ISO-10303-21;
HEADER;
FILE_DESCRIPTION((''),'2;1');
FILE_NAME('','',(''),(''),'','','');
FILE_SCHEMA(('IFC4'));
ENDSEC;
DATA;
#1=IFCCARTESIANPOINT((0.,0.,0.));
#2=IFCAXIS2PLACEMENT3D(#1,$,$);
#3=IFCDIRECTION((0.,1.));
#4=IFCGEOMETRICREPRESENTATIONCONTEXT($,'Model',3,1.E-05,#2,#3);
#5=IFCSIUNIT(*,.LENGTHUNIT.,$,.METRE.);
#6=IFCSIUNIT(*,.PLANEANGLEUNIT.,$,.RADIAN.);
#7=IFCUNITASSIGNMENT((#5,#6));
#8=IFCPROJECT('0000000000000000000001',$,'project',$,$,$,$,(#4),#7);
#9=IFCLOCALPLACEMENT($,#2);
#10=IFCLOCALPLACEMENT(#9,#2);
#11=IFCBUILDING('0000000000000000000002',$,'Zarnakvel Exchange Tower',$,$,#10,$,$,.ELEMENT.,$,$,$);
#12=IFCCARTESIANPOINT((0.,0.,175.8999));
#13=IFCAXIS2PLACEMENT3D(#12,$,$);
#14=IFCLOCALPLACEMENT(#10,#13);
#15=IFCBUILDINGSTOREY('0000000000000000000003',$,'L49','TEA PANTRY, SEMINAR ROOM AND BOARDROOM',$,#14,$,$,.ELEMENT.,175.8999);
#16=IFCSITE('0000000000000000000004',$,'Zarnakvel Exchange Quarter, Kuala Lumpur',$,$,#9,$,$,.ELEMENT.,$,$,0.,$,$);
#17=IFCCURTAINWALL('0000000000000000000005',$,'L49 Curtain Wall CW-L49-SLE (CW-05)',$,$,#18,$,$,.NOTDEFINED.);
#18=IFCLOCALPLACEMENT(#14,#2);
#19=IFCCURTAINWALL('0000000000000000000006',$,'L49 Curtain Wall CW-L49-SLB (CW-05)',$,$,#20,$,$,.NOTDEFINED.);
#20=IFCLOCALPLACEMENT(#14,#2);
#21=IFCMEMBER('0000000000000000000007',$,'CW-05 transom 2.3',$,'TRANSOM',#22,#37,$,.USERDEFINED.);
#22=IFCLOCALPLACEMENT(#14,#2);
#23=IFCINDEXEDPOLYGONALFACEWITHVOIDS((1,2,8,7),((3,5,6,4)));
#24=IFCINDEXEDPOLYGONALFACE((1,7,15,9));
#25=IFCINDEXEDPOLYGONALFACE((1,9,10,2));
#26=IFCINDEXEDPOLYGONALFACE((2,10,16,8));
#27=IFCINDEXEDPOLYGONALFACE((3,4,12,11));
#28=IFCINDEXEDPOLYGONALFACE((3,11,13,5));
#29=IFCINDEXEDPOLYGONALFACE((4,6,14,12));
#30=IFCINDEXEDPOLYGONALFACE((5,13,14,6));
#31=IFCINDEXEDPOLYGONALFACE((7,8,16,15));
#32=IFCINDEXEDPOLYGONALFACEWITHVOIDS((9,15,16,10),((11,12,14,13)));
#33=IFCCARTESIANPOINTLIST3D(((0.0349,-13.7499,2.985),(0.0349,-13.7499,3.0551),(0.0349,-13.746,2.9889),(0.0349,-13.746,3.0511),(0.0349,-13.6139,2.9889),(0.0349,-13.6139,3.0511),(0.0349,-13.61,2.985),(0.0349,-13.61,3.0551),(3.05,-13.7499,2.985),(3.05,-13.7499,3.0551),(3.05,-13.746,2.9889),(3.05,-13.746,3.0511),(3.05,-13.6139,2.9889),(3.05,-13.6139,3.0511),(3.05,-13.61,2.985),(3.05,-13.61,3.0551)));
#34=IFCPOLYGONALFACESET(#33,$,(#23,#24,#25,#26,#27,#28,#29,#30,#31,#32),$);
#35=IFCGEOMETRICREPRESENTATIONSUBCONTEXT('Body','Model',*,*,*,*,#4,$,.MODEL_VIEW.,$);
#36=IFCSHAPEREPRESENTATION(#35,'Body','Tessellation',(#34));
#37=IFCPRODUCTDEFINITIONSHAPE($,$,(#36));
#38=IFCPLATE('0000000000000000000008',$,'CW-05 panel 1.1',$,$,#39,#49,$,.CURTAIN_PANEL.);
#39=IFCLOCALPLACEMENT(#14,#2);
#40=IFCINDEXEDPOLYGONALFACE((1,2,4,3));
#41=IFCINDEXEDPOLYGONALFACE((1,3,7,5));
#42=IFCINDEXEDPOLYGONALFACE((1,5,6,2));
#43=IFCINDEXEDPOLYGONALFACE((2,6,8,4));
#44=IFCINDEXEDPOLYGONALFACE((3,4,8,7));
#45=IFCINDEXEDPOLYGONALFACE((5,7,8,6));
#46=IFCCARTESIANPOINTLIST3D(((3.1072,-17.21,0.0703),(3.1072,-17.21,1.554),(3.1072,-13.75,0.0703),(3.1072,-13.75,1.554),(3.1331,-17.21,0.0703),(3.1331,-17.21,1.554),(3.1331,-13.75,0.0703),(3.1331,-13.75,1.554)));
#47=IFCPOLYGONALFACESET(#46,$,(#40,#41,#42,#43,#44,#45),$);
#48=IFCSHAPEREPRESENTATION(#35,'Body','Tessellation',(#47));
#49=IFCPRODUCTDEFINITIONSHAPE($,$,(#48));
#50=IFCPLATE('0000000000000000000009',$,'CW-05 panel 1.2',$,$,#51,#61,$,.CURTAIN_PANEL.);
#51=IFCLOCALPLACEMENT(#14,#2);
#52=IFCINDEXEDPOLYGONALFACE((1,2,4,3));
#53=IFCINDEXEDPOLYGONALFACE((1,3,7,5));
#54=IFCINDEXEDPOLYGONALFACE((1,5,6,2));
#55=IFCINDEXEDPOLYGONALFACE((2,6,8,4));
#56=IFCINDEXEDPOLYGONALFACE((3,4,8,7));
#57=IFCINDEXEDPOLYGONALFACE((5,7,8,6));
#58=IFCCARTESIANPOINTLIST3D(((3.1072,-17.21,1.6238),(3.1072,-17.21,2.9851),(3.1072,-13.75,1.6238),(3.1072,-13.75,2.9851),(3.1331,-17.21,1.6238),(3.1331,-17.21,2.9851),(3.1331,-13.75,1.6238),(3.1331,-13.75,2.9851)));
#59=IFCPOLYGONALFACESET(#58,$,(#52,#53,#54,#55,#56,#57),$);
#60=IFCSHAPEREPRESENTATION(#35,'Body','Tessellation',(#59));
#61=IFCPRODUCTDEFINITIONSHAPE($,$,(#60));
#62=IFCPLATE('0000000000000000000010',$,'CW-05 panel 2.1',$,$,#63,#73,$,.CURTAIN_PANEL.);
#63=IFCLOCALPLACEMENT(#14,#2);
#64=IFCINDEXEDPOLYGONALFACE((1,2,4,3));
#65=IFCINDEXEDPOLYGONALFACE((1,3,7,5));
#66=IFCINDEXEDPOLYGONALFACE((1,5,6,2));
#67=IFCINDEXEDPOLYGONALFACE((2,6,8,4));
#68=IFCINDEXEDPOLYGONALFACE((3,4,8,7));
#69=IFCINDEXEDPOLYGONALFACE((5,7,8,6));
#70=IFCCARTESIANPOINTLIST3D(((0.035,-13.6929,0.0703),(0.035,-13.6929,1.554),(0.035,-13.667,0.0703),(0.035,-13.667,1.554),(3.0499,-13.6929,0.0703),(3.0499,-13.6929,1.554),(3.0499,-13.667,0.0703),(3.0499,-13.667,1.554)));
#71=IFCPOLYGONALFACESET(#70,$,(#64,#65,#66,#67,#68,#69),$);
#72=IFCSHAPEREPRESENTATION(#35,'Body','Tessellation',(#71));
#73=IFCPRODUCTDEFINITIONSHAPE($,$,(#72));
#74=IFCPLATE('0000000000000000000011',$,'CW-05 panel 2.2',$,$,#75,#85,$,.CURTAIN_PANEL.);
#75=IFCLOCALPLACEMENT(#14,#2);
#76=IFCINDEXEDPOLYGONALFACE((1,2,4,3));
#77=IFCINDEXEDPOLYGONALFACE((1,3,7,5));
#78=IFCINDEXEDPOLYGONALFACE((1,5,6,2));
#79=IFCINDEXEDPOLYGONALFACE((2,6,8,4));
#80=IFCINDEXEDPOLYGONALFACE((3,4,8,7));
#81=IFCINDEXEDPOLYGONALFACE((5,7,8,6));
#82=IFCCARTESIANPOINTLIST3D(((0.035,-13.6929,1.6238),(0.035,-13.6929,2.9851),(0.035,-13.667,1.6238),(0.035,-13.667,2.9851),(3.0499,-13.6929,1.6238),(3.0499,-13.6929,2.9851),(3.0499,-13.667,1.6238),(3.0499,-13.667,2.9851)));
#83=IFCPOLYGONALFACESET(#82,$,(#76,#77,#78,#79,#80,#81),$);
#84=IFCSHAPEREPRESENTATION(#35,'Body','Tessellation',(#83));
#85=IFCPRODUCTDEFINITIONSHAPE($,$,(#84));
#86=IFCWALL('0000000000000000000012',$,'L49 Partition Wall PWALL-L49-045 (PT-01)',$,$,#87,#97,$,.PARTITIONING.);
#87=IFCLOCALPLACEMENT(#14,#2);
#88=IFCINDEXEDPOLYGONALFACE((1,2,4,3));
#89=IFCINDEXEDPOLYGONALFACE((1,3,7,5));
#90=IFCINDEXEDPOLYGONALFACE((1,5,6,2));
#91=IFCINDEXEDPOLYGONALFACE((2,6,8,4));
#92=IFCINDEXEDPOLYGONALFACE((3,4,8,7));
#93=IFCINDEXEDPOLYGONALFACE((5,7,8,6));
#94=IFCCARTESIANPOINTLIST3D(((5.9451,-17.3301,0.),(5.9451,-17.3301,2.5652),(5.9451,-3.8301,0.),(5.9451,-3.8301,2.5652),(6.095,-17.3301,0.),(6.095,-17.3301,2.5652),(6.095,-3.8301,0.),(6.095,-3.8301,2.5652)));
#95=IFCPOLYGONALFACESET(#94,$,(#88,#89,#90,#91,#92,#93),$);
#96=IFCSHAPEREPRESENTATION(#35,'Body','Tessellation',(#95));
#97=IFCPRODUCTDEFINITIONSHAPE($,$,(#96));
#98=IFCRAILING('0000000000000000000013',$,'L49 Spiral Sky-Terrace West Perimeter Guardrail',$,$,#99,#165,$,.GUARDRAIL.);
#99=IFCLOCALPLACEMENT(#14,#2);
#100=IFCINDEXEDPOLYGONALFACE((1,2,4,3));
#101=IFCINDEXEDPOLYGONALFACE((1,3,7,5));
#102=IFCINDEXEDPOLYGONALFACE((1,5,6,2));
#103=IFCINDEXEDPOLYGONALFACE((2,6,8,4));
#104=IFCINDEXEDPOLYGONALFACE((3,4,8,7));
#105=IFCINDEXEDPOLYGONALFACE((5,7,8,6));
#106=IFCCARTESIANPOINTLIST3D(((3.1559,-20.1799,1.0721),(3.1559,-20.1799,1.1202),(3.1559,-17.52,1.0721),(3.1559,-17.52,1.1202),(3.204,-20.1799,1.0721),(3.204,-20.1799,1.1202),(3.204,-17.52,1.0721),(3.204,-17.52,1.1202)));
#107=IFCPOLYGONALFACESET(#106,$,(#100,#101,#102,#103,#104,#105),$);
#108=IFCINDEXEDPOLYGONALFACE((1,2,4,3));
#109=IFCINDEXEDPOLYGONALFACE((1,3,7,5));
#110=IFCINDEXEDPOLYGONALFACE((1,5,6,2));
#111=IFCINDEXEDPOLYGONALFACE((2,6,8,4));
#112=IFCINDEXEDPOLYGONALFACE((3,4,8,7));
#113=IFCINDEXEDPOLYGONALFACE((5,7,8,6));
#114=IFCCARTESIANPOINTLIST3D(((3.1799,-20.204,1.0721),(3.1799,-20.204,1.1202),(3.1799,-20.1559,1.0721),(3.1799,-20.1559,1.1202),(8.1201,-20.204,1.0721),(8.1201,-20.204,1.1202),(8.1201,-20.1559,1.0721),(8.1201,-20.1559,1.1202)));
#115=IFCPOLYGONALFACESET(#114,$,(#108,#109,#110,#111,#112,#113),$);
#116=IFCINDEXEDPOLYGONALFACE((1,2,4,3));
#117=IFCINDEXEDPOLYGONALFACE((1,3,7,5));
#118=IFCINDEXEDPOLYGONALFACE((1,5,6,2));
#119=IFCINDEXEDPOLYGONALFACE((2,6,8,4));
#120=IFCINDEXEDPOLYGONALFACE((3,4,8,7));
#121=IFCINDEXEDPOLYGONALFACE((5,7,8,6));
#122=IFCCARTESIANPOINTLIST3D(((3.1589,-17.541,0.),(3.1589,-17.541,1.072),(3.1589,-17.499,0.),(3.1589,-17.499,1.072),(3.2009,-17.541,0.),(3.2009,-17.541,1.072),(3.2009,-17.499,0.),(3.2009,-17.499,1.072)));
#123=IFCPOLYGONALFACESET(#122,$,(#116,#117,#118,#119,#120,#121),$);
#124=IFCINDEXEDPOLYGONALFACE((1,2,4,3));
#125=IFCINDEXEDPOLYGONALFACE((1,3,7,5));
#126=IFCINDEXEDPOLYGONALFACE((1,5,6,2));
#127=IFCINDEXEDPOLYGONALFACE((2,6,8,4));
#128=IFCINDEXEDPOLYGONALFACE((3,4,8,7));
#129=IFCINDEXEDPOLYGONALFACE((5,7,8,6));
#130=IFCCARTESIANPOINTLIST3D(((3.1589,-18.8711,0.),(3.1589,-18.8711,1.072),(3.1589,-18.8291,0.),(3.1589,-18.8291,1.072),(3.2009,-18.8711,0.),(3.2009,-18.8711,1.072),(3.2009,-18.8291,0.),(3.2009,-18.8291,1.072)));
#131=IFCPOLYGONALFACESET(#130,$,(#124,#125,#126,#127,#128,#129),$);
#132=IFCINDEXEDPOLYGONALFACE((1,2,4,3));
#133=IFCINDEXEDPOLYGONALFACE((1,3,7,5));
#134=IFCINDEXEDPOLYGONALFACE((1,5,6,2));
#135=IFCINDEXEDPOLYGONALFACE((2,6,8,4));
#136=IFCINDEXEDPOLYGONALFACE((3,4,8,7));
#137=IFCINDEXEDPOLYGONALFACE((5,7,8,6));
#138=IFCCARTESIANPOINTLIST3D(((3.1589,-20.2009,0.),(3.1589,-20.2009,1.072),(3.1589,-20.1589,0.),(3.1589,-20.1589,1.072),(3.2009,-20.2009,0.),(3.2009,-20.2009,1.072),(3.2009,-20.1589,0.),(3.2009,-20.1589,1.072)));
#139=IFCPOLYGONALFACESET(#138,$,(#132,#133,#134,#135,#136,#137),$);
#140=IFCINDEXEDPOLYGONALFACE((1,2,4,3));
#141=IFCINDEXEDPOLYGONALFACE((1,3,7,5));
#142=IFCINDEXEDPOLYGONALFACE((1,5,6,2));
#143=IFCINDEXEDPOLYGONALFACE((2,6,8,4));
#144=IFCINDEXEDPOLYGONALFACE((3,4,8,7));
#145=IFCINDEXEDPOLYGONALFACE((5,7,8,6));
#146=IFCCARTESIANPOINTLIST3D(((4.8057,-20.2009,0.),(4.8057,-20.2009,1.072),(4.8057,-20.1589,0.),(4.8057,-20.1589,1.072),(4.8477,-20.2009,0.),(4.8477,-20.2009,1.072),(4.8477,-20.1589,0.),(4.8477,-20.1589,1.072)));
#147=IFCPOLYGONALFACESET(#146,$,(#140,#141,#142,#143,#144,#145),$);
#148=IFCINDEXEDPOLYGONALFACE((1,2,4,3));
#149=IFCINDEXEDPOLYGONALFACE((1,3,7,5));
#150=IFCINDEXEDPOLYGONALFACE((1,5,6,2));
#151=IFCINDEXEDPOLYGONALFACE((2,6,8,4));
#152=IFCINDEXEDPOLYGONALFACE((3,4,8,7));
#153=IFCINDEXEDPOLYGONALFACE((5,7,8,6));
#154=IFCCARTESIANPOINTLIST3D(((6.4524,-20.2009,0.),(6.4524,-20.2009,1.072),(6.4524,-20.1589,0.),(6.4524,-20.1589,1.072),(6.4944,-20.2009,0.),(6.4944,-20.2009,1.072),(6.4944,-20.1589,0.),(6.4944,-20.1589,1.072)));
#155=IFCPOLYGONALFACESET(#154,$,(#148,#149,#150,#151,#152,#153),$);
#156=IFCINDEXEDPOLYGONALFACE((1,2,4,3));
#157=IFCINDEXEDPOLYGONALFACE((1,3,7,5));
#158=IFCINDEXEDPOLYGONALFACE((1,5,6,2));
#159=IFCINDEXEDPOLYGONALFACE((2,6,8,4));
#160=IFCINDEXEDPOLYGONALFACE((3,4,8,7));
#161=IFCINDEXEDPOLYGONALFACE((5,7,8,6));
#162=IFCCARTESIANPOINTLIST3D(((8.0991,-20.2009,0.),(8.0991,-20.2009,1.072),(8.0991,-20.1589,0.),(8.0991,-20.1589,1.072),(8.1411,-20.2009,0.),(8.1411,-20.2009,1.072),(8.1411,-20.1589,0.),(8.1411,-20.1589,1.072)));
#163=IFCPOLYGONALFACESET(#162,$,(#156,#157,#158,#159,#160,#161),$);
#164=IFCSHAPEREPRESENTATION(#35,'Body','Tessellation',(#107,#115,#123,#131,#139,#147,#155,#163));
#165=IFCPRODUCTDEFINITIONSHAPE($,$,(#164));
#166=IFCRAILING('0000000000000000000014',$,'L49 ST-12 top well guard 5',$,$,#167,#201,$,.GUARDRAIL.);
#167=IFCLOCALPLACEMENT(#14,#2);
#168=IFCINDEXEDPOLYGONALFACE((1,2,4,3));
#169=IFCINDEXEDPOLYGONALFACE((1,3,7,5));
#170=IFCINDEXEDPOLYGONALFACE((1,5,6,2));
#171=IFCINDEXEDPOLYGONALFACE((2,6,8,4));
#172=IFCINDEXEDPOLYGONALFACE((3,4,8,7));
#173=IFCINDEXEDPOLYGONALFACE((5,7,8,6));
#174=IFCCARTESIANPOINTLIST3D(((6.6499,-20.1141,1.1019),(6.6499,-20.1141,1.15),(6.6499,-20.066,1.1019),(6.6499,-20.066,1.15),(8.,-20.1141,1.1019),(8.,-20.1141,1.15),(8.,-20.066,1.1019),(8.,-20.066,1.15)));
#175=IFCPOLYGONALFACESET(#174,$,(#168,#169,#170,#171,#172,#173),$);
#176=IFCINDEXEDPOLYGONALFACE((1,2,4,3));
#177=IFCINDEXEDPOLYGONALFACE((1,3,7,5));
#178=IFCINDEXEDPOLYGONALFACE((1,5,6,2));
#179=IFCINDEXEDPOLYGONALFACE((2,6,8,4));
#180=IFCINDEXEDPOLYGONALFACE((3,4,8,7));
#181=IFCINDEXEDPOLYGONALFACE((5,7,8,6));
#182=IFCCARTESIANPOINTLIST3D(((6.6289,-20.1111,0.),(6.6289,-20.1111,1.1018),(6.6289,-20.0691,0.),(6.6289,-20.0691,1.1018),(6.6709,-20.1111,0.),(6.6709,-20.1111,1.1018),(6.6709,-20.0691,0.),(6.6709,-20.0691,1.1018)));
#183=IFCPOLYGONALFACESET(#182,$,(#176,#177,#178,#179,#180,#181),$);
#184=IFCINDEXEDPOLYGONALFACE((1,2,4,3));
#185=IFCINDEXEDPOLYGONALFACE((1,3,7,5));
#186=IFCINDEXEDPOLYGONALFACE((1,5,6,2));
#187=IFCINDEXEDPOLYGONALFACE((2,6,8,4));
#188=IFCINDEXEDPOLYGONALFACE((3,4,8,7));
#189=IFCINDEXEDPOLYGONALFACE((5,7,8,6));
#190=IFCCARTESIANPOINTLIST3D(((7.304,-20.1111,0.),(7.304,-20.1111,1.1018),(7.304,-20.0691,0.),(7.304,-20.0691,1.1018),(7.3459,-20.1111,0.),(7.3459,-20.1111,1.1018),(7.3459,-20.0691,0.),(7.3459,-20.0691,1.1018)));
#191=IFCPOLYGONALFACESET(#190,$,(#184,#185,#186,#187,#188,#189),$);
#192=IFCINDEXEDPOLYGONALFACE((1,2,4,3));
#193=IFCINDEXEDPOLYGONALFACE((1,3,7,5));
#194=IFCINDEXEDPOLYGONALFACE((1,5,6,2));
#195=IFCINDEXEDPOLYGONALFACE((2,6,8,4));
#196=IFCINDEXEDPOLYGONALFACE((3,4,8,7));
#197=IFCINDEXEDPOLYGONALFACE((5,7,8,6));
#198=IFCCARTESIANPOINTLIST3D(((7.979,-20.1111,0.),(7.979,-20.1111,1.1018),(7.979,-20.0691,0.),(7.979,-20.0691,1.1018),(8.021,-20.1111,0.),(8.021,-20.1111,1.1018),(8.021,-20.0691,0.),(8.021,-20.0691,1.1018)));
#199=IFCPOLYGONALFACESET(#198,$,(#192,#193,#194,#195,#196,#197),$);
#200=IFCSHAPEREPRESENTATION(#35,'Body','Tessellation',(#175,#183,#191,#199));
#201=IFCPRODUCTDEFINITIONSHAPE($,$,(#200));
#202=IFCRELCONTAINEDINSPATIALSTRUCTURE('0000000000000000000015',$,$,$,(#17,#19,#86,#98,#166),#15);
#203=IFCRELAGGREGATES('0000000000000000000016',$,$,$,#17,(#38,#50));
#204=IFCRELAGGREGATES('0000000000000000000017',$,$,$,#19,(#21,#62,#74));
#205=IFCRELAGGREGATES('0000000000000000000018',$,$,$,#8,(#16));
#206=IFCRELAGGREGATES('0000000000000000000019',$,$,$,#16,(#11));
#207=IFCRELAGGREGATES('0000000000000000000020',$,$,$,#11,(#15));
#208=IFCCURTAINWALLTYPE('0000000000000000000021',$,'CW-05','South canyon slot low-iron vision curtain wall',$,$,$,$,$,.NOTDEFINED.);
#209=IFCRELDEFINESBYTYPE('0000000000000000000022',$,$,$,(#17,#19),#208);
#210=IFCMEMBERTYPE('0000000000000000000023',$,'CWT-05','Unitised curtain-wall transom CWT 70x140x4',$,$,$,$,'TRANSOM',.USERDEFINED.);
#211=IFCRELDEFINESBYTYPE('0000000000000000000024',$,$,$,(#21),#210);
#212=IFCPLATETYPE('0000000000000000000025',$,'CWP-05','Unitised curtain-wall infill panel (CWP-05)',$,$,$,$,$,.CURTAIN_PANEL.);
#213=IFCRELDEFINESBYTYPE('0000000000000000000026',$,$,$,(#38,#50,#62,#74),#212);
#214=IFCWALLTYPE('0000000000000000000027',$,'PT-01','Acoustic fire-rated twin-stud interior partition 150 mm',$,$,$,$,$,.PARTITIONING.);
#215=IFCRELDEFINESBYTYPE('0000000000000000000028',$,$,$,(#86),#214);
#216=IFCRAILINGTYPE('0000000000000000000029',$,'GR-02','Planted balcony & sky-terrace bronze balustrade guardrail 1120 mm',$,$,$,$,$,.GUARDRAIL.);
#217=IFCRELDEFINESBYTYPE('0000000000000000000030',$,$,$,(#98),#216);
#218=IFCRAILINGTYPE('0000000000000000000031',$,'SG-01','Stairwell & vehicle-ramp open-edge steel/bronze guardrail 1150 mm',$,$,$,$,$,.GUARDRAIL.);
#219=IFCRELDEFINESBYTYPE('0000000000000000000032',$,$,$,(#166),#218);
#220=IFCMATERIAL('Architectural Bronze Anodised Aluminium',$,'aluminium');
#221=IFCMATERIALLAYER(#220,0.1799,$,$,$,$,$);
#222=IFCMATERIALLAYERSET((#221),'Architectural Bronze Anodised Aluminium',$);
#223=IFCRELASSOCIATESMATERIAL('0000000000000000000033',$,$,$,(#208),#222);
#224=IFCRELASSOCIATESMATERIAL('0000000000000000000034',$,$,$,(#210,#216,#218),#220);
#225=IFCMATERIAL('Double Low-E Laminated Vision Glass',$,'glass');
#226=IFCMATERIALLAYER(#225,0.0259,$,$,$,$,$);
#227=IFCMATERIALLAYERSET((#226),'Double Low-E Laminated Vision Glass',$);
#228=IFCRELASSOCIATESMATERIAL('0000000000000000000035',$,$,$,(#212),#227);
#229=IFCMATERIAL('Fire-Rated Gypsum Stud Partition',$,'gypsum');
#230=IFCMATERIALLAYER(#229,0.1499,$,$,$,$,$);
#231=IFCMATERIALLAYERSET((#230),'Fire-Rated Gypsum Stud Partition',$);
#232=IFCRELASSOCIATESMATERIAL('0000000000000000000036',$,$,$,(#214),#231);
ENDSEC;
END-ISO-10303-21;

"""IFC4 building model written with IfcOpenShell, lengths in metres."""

from ifc_helpers import new_model, si_unit, direction, frame, frame_2d, origin, origin_2d, place, context, subcontext, project, spatial, rectangle, hollow_rectangle, extrude, source, transform, mapped, material, layer, layer_set, material_profile, profile_set, type_object, element, aggregate, save


model = new_model("IFC4")

# Units and contexts
model_context = context("Model", 3, precision=1e-05, world=origin(), true_north=direction((0.0, 1.0)))
body_context = subcontext(model_context, "Body", "Model", "MODEL_VIEW")
ifc_project = project(units=[si_unit("LENGTHUNIT", "METRE"), si_unit("PLANEANGLEUNIT", "RADIAN")], contexts=[model_context])

# Site, building, storey
site_placement = place(None, origin())
site = spatial("IfcSite", under=ifc_project, at=site_placement, Name="Zarnakvel Exchange Quarter, Kuala Lumpur", CompositionType="ELEMENT", RefElevation=0.0)
building_placement = place(site_placement, origin())
building = spatial("IfcBuilding", under=site, at=building_placement, Name="Zarnakvel Exchange Tower", CompositionType="ELEMENT")
storey_placement = place(building_placement, frame((0.0, 0.0, 175.8999)))
storey = spatial("IfcBuildingStorey", under=building, at=storey_placement, Name="L49", Description="TEA PANTRY, SEMINAR ROOM AND BOARDROOM", CompositionType="ELEMENT", Elevation=175.8999)

# Curtain walls, member
ifc_material_1 = material(Name="Architectural Bronze Anodised Aluminium", Category="aluminium")
ifc_layer_1 = layer(ifc_material_1, 0.1799)
ifc_layer_set_1 = layer_set([ifc_layer_1], Name="Architectural Bronze Anodised Aluminium")
curtain_wall_type = type_object("IfcCurtainWallType", Name="CW-05", Description="South canyon slot low-iron vision curtain wall", PredefinedType="NOTDEFINED", material=ifc_layer_set_1)
curtain_wall_1_placement = place(storey_placement, origin())
curtain_wall_1 = element("IfcCurtainWall", 1, at=curtain_wall_1_placement, inside=storey, type_object=curtain_wall_type, Name="L49 Curtain Wall CW-L49-SLE (CW-05)", PredefinedType="NOTDEFINED")
ifc_material_profile_1 = material_profile(ifc_material_1, hollow_rectangle(XDim=0.1399, YDim=0.0701, WallThickness=0.0039, at=origin_2d()))
ifc_profile_set_1 = profile_set([ifc_material_profile_1], Name="Architectural Bronze Anodised Aluminium")
member_type_1 = type_object("IfcMemberType", Name="CWT-05", Description="Unitised curtain-wall transom CWT 70x140x4", ElementType="TRANSOM", PredefinedType="USERDEFINED", material=ifc_profile_set_1)
curtain_wall_2_placement = place(storey_placement, origin())
curtain_wall_2 = element("IfcCurtainWall", 2, at=curtain_wall_2_placement, inside=storey, type_object=curtain_wall_type, Name="L49 Curtain Wall CW-L49-SLB (CW-05)", PredefinedType="NOTDEFINED")
shared_shape_1 = source(origin(), body_context, "Body", "SweptSolid", [
    extrude(hollow_rectangle(XDim=0.1399, YDim=0.0701, WallThickness=0.0039, at=origin_2d()), origin(), (0.0, 0.0, 1.0), 3.0151),
])
member_1_placement = place(storey_placement, frame((0.0349, -13.6799, 3.02), z_axis=(1.0, 0.0, 0.0), x_axis=(0.0, 1.0, 0.0)))
member_1 = element("IfcMember", 3, at=member_1_placement, type_object=member_type_1, Name="CW-05 transom 2.3", ObjectType="TRANSOM", PredefinedType="USERDEFINED", context=body_context, shape_type="MappedRepresentation", body=[
    mapped(shared_shape_1, transform((0.0, 0.0, 0.0), x_axis=(1.0, 0.0, 0.0), y_axis=(0.0, 1.0, 0.0), z_axis=(0.0, 0.0, 1.0), scale=1.0)),
])

# Plates
ifc_material_2 = material(Name="Double Low-E Laminated Vision Glass", Category="glass")
ifc_layer_2 = layer(ifc_material_2, 0.0259)
ifc_layer_set_2 = layer_set([ifc_layer_2], Name="Double Low-E Laminated Vision Glass")
plate_type = type_object("IfcPlateType", Name="CWP-05", Description="Unitised curtain-wall infill panel (CWP-05)", PredefinedType="CURTAIN_PANEL", material=ifc_layer_set_2)
shared_shape_2 = source(origin(), body_context, "Body", "SweptSolid", [
    extrude(rectangle(XDim=3.46, YDim=0.0259, at=origin_2d()), origin(), (0.0, 0.0, 1.0), 1.4836),
])
plate_1_placement = place(storey_placement, frame((3.1201, -15.48, 0.0703), z_axis=(0.0, 0.0, 1.0), x_axis=(0.0, -1.0, 0.0)))
plate_1 = element("IfcPlate", 4, at=plate_1_placement, type_object=plate_type, Name="CW-05 panel 1.1", PredefinedType="CURTAIN_PANEL", context=body_context, shape_type="MappedRepresentation", body=[
    mapped(shared_shape_2, transform((0.0, 0.0, 0.0), x_axis=(1.0, 0.0, 0.0), y_axis=(0.0, 1.0, 0.0), z_axis=(0.0, 0.0, 1.0), scale=1.0)),
])
shared_shape_3 = source(origin(), body_context, "Body", "SweptSolid", [
    extrude(rectangle(XDim=3.46, YDim=0.0259, at=origin_2d()), origin(), (0.0, 0.0, 1.0), 1.3613),
])
plate_2_placement = place(storey_placement, frame((3.1201, -15.48, 1.6238), z_axis=(0.0, 0.0, 1.0), x_axis=(0.0, -1.0, 0.0)))
plate_2 = element("IfcPlate", 5, at=plate_2_placement, type_object=plate_type, Name="CW-05 panel 1.2", PredefinedType="CURTAIN_PANEL", context=body_context, shape_type="MappedRepresentation", body=[
    mapped(shared_shape_3, transform((0.0, 0.0, 0.0), x_axis=(1.0, 0.0, 0.0), y_axis=(0.0, 1.0, 0.0), z_axis=(0.0, 0.0, 1.0), scale=1.0)),
])
aggregate(curtain_wall_1, [plate_1, plate_2])
shared_shape_4 = source(origin(), body_context, "Body", "SweptSolid", [
    extrude(rectangle(XDim=3.0149, YDim=0.0259, at=origin_2d()), origin(), (0.0, 0.0, 1.0), 1.4836),
])
plate_3_placement = place(storey_placement, frame((1.5425, -13.6799, 0.0703), z_axis=(0.0, 0.0, 1.0), x_axis=(1.0, 0.0, 0.0)))
plate_3 = element("IfcPlate", 6, at=plate_3_placement, type_object=plate_type, Name="CW-05 panel 2.1", PredefinedType="CURTAIN_PANEL", context=body_context, shape_type="MappedRepresentation", body=[
    mapped(shared_shape_4, transform((0.0, 0.0, 0.0), x_axis=(1.0, 0.0, 0.0), y_axis=(0.0, 1.0, 0.0), z_axis=(0.0, 0.0, 1.0), scale=1.0)),
])
shared_shape_5 = source(origin(), body_context, "Body", "SweptSolid", [
    extrude(rectangle(XDim=3.0149, YDim=0.0259, at=origin_2d()), origin(), (0.0, 0.0, 1.0), 1.3613),
])
plate_4_placement = place(storey_placement, frame((1.5425, -13.6799, 1.6238), z_axis=(0.0, 0.0, 1.0), x_axis=(1.0, 0.0, 0.0)))
plate_4 = element("IfcPlate", 7, at=plate_4_placement, type_object=plate_type, Name="CW-05 panel 2.2", PredefinedType="CURTAIN_PANEL", context=body_context, shape_type="MappedRepresentation", body=[
    mapped(shared_shape_5, transform((0.0, 0.0, 0.0), x_axis=(1.0, 0.0, 0.0), y_axis=(0.0, 1.0, 0.0), z_axis=(0.0, 0.0, 1.0), scale=1.0)),
])
aggregate(curtain_wall_2, [member_1, plate_3, plate_4])

# Wall
ifc_material_3 = material(Name="Fire-Rated Gypsum Stud Partition", Category="gypsum")
ifc_layer_3 = layer(ifc_material_3, 0.1499)
ifc_layer_set_3 = layer_set([ifc_layer_3], Name="Fire-Rated Gypsum Stud Partition")
wall_type = type_object("IfcWallType", Name="PT-01", Description="Acoustic fire-rated twin-stud interior partition 150 mm", PredefinedType="PARTITIONING", material=ifc_layer_set_3)
wall_placement = place(storey_placement, frame((6.02, -17.3301, 0.0), z_axis=(0.0, 0.0, 1.0), x_axis=(0.0, 1.0, 0.0)))
element("IfcWall", 8, at=wall_placement, inside=storey, type_object=wall_type, Name="L49 Partition Wall PWALL-L49-045 (PT-01)", PredefinedType="PARTITIONING", context=body_context, shape_type="SweptSolid", body=[
    extrude(rectangle(XDim=13.5, YDim=0.1499, at=frame_2d((6.75, 0.0))), origin(), (0.0, 0.0, 1.0), 2.5652),
])

# Railings
railing_type_1 = type_object("IfcRailingType", Name="GR-02", Description="Planted balcony & sky-terrace bronze balustrade guardrail 1120 mm", PredefinedType="GUARDRAIL", material=ifc_material_1)
railing_1_placement = place(storey_placement, frame((3.1799, -17.52, 0.0)))
element("IfcRailing", 9, at=railing_1_placement, inside=storey, type_object=railing_type_1, Name="L49 Spiral Sky-Terrace West Perimeter Guardrail", PredefinedType="GUARDRAIL", context=body_context, shape_type="SweptSolid", body=[
    extrude(rectangle(XDim=0.0481, YDim=0.0481, at=origin_2d()), frame((0.0, 0.0, 1.0962), z_axis=(0.0, -1.0, 0.0), x_axis=(1.0, 0.0, 0.0)), (0.0, 0.0, 1.0), 2.6599),
    extrude(rectangle(XDim=0.0481, YDim=0.0481, at=origin_2d()), frame((0.0, -2.6599, 1.0962), z_axis=(1.0, 0.0, 0.0), x_axis=(0.0, 1.0, 0.0)), (0.0, 0.0, 1.0), 4.9402),
    extrude(rectangle(XDim=0.042, YDim=0.042, at=origin_2d()), origin(), (0.0, 0.0, 1.0), 1.072),
    extrude(rectangle(XDim=0.042, YDim=0.042, at=origin_2d()), frame((0.0, -1.3301, 0.0)), (0.0, 0.0, 1.0), 1.072),
    extrude(rectangle(XDim=0.042, YDim=0.042, at=origin_2d()), frame((0.0, -2.6599, 0.0)), (0.0, 0.0, 1.0), 1.072),
    extrude(rectangle(XDim=0.042, YDim=0.042, at=origin_2d()), frame((1.6467, -2.6599, 0.0)), (0.0, 0.0, 1.0), 1.072),
    extrude(rectangle(XDim=0.042, YDim=0.042, at=origin_2d()), frame((3.2935, -2.6599, 0.0)), (0.0, 0.0, 1.0), 1.072),
    extrude(rectangle(XDim=0.042, YDim=0.042, at=origin_2d()), frame((4.9402, -2.6599, 0.0)), (0.0, 0.0, 1.0), 1.072),
])
railing_type_2 = type_object("IfcRailingType", Name="SG-01", Description="Stairwell & vehicle-ramp open-edge steel/bronze guardrail 1150 mm", PredefinedType="GUARDRAIL", material=ifc_material_1)
for number, where, name in (
    (10, (6.6499, -20.0901, 0.0), "L49 ST-12 top well guard 5"),
):
    element("IfcRailing", number, at=place(storey_placement, frame(where)), inside=storey, type_object=railing_type_2, Name=name, PredefinedType="GUARDRAIL", context=body_context, shape_type="SweptSolid", body=[
        extrude(rectangle(XDim=0.0481, YDim=0.0481, at=origin_2d()), frame((0.0, 0.0, 1.126), z_axis=(1.0, 0.0, 0.0), x_axis=(0.0, 1.0, 0.0)), (0.0, 0.0, 1.0), 1.3501),
        extrude(rectangle(XDim=0.042, YDim=0.042, at=origin_2d()), origin(), (0.0, 0.0, 1.0), 1.1018),
        extrude(rectangle(XDim=0.042, YDim=0.042, at=origin_2d()), frame((0.675, 0.0, 0.0)), (0.0, 0.0, 1.0), 1.1018),
        extrude(rectangle(XDim=0.042, YDim=0.042, at=origin_2d()), frame((1.3501, 0.0, 0.0)), (0.0, 0.0, 1.0), 1.1018),
    ])

save(model, "model.ifc")
